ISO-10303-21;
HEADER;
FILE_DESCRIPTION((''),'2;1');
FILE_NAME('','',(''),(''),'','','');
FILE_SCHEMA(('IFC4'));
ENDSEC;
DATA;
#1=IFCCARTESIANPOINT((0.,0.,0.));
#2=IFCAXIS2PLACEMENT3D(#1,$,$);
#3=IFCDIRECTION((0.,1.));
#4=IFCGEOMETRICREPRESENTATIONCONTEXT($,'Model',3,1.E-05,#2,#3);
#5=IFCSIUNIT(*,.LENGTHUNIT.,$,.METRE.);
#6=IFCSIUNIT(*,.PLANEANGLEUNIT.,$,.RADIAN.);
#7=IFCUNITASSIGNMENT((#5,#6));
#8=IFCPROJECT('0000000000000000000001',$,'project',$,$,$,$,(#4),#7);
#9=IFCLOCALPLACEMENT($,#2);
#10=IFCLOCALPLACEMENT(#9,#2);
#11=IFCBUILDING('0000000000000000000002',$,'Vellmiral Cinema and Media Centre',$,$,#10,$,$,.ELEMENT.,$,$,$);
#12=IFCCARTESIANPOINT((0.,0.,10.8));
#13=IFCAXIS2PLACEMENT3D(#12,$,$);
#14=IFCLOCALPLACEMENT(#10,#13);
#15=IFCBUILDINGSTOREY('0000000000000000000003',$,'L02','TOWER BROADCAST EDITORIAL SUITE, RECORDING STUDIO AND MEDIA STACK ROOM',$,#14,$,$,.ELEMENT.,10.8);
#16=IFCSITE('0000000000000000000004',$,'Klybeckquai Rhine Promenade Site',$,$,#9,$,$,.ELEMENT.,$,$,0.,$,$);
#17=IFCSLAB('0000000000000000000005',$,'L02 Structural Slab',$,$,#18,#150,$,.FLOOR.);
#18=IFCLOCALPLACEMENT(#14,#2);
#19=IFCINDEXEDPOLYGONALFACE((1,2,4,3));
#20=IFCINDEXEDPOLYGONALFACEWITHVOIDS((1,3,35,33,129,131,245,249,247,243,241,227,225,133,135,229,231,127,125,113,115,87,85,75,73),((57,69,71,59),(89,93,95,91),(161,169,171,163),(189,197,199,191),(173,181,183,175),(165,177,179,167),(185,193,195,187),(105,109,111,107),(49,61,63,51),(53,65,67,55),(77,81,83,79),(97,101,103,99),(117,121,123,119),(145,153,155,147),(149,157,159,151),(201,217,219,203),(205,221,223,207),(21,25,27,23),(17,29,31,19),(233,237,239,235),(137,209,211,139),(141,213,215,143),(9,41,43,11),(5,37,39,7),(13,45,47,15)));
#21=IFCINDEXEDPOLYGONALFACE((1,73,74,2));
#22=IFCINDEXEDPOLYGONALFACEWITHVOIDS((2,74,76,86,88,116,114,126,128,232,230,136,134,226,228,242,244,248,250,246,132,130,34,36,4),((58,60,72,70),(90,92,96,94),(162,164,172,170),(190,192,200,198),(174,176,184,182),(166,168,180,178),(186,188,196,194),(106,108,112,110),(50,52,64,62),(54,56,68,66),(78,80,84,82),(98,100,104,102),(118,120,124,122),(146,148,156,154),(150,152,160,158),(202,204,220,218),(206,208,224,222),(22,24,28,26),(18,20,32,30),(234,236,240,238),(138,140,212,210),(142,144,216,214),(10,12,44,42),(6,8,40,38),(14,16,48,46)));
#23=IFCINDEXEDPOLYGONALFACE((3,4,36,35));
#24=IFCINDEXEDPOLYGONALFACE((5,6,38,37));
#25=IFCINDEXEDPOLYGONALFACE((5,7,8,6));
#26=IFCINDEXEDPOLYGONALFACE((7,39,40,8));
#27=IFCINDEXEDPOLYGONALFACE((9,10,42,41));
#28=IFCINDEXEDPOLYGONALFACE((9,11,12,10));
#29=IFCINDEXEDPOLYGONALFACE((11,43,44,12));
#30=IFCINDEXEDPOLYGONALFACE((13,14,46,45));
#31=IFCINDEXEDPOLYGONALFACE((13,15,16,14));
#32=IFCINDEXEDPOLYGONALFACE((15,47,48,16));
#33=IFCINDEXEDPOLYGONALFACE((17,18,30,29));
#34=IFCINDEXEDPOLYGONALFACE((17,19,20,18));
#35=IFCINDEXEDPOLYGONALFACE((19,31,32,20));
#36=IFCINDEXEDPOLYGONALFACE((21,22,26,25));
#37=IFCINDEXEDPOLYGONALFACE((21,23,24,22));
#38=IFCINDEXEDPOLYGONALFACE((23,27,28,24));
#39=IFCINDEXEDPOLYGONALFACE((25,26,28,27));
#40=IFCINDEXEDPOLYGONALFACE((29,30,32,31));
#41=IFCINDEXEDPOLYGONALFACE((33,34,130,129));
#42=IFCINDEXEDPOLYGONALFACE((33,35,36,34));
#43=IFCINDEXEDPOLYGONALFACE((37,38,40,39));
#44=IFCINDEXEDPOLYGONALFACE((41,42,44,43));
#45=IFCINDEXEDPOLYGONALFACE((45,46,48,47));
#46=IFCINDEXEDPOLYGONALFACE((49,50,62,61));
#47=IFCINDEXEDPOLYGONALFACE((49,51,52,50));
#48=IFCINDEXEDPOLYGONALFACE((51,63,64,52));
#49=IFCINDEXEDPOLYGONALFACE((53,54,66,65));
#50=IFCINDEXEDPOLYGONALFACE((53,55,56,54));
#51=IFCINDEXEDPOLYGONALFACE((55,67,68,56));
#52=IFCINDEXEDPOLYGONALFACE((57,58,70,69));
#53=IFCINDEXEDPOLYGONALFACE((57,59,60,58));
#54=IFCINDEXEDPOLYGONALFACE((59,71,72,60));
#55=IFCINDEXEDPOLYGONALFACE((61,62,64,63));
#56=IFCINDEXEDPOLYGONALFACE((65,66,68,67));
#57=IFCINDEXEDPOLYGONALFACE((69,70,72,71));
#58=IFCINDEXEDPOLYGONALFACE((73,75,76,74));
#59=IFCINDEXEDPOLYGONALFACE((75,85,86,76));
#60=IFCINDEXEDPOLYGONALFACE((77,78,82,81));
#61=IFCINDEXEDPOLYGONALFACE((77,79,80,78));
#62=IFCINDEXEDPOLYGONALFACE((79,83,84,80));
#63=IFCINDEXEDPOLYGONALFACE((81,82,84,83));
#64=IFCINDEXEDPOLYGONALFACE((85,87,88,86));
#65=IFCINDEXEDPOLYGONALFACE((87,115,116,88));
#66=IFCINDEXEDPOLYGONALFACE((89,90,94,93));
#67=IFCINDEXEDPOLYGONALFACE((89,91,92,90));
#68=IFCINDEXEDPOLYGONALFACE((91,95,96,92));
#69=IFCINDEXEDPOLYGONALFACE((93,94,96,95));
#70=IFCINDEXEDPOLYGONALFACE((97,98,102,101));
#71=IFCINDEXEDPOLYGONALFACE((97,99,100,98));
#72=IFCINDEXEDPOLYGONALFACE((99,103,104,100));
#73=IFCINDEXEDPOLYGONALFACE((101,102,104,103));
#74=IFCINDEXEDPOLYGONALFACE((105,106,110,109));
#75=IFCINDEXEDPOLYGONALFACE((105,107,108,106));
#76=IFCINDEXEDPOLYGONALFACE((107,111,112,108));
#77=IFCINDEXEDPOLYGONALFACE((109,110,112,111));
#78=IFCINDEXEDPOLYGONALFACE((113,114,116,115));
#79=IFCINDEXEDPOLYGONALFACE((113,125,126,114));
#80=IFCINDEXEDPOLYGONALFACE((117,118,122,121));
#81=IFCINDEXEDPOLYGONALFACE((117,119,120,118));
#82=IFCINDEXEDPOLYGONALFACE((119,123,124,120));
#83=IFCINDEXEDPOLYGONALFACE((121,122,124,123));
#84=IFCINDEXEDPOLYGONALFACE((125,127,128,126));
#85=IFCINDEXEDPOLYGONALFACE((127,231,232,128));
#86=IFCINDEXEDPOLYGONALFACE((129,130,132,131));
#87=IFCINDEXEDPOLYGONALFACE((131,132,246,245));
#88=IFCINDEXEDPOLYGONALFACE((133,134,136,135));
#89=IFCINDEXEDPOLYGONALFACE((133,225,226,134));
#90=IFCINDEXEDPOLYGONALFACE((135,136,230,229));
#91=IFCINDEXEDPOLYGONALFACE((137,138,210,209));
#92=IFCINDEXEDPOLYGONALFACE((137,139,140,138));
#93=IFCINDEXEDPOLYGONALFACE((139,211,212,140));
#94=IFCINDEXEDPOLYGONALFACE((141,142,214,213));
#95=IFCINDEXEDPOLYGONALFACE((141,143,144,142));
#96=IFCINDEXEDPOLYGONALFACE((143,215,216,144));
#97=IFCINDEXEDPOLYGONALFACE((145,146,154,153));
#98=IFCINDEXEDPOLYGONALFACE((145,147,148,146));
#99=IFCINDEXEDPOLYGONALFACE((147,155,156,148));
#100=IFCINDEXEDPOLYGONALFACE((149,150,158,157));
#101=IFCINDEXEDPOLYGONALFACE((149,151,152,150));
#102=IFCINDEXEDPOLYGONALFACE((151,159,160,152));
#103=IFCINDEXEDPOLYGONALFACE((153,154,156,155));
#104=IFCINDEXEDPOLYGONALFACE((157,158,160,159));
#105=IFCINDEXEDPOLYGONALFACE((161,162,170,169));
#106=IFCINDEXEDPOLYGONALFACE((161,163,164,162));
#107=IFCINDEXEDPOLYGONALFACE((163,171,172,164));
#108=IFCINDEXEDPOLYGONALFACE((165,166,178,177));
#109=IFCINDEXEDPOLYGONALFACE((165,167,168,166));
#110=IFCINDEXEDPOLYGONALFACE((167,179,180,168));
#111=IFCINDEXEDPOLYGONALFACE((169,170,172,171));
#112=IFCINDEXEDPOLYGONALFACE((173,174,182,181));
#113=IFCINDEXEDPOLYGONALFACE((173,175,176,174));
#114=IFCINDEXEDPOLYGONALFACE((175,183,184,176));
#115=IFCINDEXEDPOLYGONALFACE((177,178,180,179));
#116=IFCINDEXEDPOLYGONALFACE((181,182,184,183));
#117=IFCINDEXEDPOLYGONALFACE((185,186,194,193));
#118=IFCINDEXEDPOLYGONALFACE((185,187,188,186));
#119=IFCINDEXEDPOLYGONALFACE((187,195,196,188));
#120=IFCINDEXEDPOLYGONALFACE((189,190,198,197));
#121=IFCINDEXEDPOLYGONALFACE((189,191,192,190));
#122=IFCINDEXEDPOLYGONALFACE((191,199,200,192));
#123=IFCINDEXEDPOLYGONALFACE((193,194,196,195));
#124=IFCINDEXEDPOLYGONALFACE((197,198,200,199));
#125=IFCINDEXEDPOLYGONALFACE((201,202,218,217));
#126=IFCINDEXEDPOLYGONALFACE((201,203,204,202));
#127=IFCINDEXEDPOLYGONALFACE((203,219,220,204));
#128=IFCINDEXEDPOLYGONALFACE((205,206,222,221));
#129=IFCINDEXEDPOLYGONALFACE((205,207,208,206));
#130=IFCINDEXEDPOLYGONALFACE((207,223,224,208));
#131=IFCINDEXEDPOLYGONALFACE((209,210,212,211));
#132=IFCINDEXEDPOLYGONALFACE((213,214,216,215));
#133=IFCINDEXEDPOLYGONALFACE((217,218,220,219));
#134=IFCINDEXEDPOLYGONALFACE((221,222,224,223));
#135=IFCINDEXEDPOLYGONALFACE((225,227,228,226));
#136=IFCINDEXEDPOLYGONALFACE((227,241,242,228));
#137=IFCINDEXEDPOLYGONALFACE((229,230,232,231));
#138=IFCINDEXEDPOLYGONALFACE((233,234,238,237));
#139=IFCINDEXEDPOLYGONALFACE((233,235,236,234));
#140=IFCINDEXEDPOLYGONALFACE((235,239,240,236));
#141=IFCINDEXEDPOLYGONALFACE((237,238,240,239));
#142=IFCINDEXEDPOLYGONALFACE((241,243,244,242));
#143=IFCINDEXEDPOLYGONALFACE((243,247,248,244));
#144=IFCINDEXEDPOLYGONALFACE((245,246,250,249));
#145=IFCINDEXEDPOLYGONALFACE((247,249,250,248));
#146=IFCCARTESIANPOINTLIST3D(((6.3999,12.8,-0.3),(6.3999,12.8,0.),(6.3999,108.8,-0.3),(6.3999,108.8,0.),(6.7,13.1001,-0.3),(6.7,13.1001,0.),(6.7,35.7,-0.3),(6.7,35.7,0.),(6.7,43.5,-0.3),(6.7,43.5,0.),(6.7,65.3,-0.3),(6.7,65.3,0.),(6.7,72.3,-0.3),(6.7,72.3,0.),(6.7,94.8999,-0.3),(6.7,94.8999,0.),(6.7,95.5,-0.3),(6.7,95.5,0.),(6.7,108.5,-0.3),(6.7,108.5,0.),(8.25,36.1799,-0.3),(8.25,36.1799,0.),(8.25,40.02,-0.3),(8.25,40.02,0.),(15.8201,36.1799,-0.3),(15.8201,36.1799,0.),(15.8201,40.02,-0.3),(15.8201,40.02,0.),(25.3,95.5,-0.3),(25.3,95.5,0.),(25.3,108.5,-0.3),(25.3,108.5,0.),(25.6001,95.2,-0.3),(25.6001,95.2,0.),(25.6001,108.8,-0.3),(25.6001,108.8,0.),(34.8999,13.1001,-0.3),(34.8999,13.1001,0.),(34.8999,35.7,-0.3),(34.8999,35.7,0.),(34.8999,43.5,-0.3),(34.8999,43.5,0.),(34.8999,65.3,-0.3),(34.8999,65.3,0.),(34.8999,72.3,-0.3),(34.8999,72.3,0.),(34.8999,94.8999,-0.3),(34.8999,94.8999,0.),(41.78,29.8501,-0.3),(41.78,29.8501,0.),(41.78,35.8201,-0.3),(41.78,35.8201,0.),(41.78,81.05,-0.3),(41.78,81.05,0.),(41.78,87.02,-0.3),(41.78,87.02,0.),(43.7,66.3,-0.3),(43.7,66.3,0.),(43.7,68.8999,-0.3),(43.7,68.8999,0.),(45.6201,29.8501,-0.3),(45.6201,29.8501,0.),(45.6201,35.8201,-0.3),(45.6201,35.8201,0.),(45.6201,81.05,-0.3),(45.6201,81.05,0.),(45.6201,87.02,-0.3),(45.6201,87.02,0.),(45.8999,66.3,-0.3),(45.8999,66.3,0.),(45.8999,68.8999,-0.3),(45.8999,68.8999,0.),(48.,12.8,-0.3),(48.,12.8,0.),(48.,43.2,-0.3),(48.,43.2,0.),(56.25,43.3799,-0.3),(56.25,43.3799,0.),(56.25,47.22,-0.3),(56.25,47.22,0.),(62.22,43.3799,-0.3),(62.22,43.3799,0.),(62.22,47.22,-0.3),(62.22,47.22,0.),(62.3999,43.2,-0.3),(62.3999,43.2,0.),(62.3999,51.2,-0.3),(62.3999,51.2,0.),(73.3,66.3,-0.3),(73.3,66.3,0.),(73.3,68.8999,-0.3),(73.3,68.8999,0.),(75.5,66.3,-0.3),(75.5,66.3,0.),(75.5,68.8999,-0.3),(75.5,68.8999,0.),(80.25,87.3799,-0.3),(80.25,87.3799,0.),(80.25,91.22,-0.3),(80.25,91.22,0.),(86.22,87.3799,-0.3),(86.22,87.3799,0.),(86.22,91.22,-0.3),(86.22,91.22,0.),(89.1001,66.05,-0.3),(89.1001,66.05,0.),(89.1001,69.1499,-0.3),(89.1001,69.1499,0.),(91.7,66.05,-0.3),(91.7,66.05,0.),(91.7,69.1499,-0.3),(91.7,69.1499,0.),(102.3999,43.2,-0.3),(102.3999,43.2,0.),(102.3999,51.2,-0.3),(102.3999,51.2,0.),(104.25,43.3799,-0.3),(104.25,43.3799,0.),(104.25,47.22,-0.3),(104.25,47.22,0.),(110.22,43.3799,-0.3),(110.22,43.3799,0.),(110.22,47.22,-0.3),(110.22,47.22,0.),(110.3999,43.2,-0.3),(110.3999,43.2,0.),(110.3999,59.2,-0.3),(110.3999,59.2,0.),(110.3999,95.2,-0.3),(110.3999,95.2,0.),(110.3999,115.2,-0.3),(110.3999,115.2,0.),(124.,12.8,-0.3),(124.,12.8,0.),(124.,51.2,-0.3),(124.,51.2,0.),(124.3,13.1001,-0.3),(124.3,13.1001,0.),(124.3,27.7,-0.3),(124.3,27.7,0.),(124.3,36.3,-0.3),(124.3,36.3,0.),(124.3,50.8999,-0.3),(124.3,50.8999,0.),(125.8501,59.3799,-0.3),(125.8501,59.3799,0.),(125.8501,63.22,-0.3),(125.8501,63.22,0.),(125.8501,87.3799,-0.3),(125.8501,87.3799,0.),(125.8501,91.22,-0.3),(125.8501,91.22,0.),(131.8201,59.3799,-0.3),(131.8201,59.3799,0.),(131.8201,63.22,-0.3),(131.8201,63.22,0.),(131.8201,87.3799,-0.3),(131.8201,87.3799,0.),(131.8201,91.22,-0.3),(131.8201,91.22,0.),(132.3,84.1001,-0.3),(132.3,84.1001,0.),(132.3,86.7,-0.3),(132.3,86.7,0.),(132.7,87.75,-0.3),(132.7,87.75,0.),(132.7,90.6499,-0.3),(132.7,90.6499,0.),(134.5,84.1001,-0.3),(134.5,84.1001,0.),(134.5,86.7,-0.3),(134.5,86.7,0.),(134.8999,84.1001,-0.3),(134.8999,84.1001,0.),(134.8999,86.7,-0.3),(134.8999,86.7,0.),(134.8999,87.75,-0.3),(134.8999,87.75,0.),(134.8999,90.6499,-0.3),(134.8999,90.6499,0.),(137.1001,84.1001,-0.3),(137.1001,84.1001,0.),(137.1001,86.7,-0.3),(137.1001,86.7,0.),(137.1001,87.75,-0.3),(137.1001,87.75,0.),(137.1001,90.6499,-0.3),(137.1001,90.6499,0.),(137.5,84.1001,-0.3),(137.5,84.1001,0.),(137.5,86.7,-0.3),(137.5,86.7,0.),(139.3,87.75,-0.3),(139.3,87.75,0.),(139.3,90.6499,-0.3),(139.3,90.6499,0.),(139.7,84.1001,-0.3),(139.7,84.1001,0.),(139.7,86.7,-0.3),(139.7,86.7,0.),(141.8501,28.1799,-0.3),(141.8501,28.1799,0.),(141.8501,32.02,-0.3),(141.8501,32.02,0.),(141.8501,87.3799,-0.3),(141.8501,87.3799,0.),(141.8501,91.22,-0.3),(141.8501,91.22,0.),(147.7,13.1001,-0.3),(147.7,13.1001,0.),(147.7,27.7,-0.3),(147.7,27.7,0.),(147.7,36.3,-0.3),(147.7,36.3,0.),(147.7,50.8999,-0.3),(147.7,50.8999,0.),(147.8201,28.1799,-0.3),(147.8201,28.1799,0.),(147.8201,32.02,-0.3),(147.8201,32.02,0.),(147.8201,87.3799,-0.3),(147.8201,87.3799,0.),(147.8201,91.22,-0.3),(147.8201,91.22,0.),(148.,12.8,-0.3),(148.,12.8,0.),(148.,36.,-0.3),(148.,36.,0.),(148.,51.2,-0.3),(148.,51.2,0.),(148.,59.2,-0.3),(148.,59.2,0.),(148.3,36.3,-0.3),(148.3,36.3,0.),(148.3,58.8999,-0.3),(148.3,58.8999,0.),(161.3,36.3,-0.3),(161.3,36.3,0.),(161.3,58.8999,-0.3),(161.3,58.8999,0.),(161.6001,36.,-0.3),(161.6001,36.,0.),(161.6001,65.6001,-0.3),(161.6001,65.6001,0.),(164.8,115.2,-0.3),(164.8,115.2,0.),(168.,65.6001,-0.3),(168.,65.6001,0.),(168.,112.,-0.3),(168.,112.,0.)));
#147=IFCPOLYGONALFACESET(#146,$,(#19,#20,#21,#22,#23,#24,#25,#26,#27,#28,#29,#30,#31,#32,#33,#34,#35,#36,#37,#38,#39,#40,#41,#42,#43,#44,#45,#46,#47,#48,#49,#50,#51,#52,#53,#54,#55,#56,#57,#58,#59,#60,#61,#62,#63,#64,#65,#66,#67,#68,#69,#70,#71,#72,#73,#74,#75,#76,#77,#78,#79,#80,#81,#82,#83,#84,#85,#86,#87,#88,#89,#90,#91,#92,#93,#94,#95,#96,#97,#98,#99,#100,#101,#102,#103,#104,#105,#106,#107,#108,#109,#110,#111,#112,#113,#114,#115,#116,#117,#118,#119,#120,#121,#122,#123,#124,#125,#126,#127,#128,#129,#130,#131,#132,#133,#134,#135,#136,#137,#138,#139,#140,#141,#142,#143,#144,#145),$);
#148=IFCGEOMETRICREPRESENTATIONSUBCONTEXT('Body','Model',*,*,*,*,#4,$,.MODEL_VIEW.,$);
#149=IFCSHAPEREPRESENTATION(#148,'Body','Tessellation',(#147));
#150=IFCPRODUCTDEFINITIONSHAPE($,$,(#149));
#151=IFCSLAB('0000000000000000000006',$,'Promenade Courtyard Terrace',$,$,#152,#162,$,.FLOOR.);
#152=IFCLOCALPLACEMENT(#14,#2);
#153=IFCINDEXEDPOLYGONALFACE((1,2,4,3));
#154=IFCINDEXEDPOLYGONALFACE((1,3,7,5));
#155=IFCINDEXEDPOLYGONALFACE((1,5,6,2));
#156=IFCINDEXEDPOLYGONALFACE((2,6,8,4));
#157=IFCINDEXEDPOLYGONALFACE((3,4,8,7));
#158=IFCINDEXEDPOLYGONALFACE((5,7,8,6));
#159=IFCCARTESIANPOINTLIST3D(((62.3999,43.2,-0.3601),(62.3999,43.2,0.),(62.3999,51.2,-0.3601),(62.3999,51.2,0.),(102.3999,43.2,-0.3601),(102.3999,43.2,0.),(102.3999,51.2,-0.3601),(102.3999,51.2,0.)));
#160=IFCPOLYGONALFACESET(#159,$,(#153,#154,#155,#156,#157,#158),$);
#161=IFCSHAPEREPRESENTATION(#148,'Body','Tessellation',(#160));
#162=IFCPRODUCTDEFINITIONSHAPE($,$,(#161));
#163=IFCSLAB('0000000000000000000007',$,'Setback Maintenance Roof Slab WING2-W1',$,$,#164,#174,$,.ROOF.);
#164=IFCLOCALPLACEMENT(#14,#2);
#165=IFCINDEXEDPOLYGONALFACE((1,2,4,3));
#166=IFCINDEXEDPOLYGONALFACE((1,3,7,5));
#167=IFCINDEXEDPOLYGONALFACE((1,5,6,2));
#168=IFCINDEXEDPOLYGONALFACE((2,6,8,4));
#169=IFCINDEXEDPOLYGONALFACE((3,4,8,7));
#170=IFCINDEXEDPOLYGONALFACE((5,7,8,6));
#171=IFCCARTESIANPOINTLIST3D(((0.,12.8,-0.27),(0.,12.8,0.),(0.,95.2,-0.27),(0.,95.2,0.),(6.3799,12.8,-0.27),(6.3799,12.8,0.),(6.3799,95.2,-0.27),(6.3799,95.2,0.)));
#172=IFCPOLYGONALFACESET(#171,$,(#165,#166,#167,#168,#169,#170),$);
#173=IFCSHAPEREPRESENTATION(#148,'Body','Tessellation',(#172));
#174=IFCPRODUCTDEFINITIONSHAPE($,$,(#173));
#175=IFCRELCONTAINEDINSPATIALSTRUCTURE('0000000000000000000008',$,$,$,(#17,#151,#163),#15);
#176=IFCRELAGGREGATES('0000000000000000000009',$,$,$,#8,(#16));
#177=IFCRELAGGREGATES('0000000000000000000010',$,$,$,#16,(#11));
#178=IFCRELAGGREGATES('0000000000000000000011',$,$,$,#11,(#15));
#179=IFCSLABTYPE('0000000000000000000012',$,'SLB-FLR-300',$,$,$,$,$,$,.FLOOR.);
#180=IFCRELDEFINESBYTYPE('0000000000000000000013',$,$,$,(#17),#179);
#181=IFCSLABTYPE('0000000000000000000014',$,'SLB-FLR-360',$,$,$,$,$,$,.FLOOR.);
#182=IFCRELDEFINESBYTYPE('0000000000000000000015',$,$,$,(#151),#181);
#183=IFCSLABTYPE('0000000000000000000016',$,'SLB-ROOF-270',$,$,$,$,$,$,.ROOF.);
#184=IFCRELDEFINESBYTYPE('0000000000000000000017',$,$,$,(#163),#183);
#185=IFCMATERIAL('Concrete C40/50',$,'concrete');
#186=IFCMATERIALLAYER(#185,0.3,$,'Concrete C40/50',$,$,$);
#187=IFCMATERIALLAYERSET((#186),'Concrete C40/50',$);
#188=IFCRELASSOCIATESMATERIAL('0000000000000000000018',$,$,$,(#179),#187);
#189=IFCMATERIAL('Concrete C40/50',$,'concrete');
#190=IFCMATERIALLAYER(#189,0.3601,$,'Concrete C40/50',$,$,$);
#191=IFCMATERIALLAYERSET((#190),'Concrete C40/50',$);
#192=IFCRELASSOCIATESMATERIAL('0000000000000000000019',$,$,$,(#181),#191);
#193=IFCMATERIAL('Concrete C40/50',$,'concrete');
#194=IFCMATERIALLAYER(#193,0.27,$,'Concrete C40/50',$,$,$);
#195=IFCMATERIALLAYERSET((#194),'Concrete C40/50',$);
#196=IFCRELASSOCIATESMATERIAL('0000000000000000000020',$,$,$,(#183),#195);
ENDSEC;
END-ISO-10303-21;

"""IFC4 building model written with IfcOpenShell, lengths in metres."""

from ifc_helpers import new_model, si_unit, direction, frame, origin, place, context, subcontext, project, spatial, polyline, outline, extrude, material, layer, layer_set, type_object, element, save


model = new_model("IFC4")

# Units and contexts
model_context = context("Model", 3, precision=1e-05, world=origin(), true_north=direction((0.0, 1.0)))
body_context = subcontext(model_context, "Body", "Model", "MODEL_VIEW")
ifc_project = project(units=[si_unit("LENGTHUNIT", "METRE"), si_unit("PLANEANGLEUNIT", "RADIAN")], contexts=[model_context])

# Site, building, storey
site_placement = place(None, origin())
site = spatial("IfcSite", under=ifc_project, at=site_placement, Name="Klybeckquai Rhine Promenade Site", CompositionType="ELEMENT", RefElevation=0.0)
building_placement = place(site_placement, origin())
building = spatial("IfcBuilding", under=site, at=building_placement, Name="Vellmiral Cinema and Media Centre", CompositionType="ELEMENT")
storey_placement = place(building_placement, frame((0.0, 0.0, 10.8)))
storey = spatial("IfcBuildingStorey", under=building, at=storey_placement, Name="L02", Description="TOWER BROADCAST EDITORIAL SUITE, RECORDING STUDIO AND MEDIA STACK ROOM", CompositionType="ELEMENT", Elevation=10.8)

# Slabs
ifc_material_1 = material(Name="Concrete C40/50", Category="concrete")
ifc_layer_1 = layer(ifc_material_1, 0.3, Name="Concrete C40/50")
ifc_layer_set_1 = layer_set([ifc_layer_1], Name="Concrete C40/50")
slab_type_1 = type_object("IfcSlabType", Name="SLB-FLR-300", PredefinedType="FLOOR", material=ifc_layer_set_1)
slab_1_placement = place(storey_placement, frame((0.0, 0.0, -0.3)))
element("IfcSlab", 1, at=slab_1_placement, inside=storey, type_object=slab_type_1, Name="L02 Structural Slab", PredefinedType="FLOOR", context=body_context, shape_type="SweptSolid", body=[
    extrude(outline(polyline([(6.3999, 12.8), (48.0, 12.8), (48.0, 43.2), (62.3999, 43.2), (62.3999, 51.2), (102.3999, 51.2), (102.3999, 43.2), (110.3999, 43.2), (110.3999, 59.2), (148.0, 59.2), (148.0, 51.2), (124.0, 51.2), (124.0, 12.8), (148.0, 12.8), (148.0, 36.0), (161.6001, 36.0), (161.6001, 65.6001), (168.0, 65.6001), (168.0, 112.0), (164.8, 115.2), (110.3999, 115.2), (110.3999, 95.2), (25.6001, 95.2), (25.6001, 108.8), (6.3999, 108.8), (6.3999, 12.8)]), holes=[polyline([(41.78, 29.8501), (45.6201, 29.8501), (45.6201, 35.8201), (41.78, 35.8201), (41.78, 29.8501)]), polyline([(41.78, 81.05), (45.6201, 81.05), (45.6201, 87.02), (41.78, 87.02), (41.78, 81.05)]), polyline([(56.25, 43.3799), (62.22, 43.3799), (62.22, 47.22), (56.25, 47.22), (56.25, 43.3799)]), polyline([(104.25, 43.3799), (110.22, 43.3799), (110.22, 47.22), (104.25, 47.22), (104.25, 43.3799)]), polyline([(80.25, 87.3799), (86.22, 87.3799), (86.22, 91.22), (80.25, 91.22), (80.25, 87.3799)]), polyline([(125.8501, 59.3799), (131.8201, 59.3799), (131.8201, 63.22), (125.8501, 63.22), (125.8501, 59.3799)]), polyline([(8.25, 36.1799), (15.8201, 36.1799), (15.8201, 40.02), (8.25, 40.02), (8.25, 36.1799)]), polyline([(141.8501, 28.1799), (147.8201, 28.1799), (147.8201, 32.02), (141.8501, 32.02), (141.8501, 28.1799)]), polyline([(125.8501, 87.3799), (131.8201, 87.3799), (131.8201, 91.22), (125.8501, 91.22), (125.8501, 87.3799)]), polyline([(141.8501, 87.3799), (147.8201, 87.3799), (147.8201, 91.22), (141.8501, 91.22), (141.8501, 87.3799)]), polyline([(132.7, 87.75), (134.8999, 87.75), (134.8999, 90.6499), (132.7, 90.6499), (132.7, 87.75)]), polyline([(137.1001, 87.75), (139.3, 87.75), (139.3, 90.6499), (137.1001, 90.6499), (137.1001, 87.75)]), polyline([(132.3, 84.1001), (134.5, 84.1001), (134.5, 86.7), (132.3, 86.7), (132.3, 84.1001)]), polyline([(134.8999, 84.1001), (137.1001, 84.1001), (137.1001, 86.7), (134.8999, 86.7), (134.8999, 84.1001)]), polyline([(137.5, 84.1001), (139.7, 84.1001), (139.7, 86.7), (137.5, 86.7), (137.5, 84.1001)]), polyline([(43.7, 66.3), (45.8999, 66.3), (45.8999, 68.8999), (43.7, 68.8999), (43.7, 66.3)]), polyline([(73.3, 66.3), (75.5, 66.3), (75.5, 68.8999), (73.3, 68.8999), (73.3, 66.3)]), polyline([(89.1001, 66.05), (91.7, 66.05), (91.7, 69.1499), (89.1001, 69.1499), (89.1001, 66.05)]), polyline([(6.7, 13.1001), (34.8999, 13.1001), (34.8999, 35.7), (6.7, 35.7), (6.7, 13.1001)]), polyline([(6.7, 43.5), (34.8999, 43.5), (34.8999, 65.3), (6.7, 65.3), (6.7, 43.5)]), polyline([(6.7, 72.3), (34.8999, 72.3), (34.8999, 94.8999), (6.7, 94.8999), (6.7, 72.3)]), polyline([(6.7, 95.5), (25.3, 95.5), (25.3, 108.5), (6.7, 108.5), (6.7, 95.5)]), polyline([(124.3, 13.1001), (147.7, 13.1001), (147.7, 27.7), (124.3, 27.7), (124.3, 13.1001)]), polyline([(124.3, 36.3), (147.7, 36.3), (147.7, 50.8999), (124.3, 50.8999), (124.3, 36.3)]), polyline([(148.3, 36.3), (161.3, 36.3), (161.3, 58.8999), (148.3, 58.8999), (148.3, 36.3)])]), origin(), (0.0, 0.0, 1.0), 0.3),
])
ifc_material_2 = material(Name="Concrete C40/50", Category="concrete")
ifc_layer_2 = layer(ifc_material_2, 0.3601, Name="Concrete C40/50")
ifc_layer_set_2 = layer_set([ifc_layer_2], Name="Concrete C40/50")
slab_type_2 = type_object("IfcSlabType", Name="SLB-FLR-360", PredefinedType="FLOOR", material=ifc_layer_set_2)
slab_2_placement = place(storey_placement, frame((0.0, 0.0, -0.3601)))
element("IfcSlab", 2, at=slab_2_placement, inside=storey, type_object=slab_type_2, Name="Promenade Courtyard Terrace", PredefinedType="FLOOR", context=body_context, shape_type="SweptSolid", body=[
    extrude(outline(polyline([(62.3999, 43.2), (102.3999, 43.2), (102.3999, 51.2), (62.3999, 51.2), (62.3999, 43.2)])), origin(), (0.0, 0.0, 1.0), 0.3601),
])
ifc_material_3 = material(Name="Concrete C40/50", Category="concrete")
ifc_layer_3 = layer(ifc_material_3, 0.27, Name="Concrete C40/50")
ifc_layer_set_3 = layer_set([ifc_layer_3], Name="Concrete C40/50")
slab_type_3 = type_object("IfcSlabType", Name="SLB-ROOF-270", PredefinedType="ROOF", material=ifc_layer_set_3)
slab_3_placement = place(storey_placement, frame((0.0, 0.0, -0.27)))
element("IfcSlab", 3, at=slab_3_placement, inside=storey, type_object=slab_type_3, Name="Setback Maintenance Roof Slab WING2-W1", PredefinedType="ROOF", context=body_context, shape_type="SweptSolid", body=[
    extrude(outline(polyline([(0.0, 12.8), (6.3799, 12.8), (6.3799, 95.2), (0.0, 95.2), (0.0, 12.8)])), origin(), (0.0, 0.0, 1.0), 0.27),
])

save(model, "model.ifc")
